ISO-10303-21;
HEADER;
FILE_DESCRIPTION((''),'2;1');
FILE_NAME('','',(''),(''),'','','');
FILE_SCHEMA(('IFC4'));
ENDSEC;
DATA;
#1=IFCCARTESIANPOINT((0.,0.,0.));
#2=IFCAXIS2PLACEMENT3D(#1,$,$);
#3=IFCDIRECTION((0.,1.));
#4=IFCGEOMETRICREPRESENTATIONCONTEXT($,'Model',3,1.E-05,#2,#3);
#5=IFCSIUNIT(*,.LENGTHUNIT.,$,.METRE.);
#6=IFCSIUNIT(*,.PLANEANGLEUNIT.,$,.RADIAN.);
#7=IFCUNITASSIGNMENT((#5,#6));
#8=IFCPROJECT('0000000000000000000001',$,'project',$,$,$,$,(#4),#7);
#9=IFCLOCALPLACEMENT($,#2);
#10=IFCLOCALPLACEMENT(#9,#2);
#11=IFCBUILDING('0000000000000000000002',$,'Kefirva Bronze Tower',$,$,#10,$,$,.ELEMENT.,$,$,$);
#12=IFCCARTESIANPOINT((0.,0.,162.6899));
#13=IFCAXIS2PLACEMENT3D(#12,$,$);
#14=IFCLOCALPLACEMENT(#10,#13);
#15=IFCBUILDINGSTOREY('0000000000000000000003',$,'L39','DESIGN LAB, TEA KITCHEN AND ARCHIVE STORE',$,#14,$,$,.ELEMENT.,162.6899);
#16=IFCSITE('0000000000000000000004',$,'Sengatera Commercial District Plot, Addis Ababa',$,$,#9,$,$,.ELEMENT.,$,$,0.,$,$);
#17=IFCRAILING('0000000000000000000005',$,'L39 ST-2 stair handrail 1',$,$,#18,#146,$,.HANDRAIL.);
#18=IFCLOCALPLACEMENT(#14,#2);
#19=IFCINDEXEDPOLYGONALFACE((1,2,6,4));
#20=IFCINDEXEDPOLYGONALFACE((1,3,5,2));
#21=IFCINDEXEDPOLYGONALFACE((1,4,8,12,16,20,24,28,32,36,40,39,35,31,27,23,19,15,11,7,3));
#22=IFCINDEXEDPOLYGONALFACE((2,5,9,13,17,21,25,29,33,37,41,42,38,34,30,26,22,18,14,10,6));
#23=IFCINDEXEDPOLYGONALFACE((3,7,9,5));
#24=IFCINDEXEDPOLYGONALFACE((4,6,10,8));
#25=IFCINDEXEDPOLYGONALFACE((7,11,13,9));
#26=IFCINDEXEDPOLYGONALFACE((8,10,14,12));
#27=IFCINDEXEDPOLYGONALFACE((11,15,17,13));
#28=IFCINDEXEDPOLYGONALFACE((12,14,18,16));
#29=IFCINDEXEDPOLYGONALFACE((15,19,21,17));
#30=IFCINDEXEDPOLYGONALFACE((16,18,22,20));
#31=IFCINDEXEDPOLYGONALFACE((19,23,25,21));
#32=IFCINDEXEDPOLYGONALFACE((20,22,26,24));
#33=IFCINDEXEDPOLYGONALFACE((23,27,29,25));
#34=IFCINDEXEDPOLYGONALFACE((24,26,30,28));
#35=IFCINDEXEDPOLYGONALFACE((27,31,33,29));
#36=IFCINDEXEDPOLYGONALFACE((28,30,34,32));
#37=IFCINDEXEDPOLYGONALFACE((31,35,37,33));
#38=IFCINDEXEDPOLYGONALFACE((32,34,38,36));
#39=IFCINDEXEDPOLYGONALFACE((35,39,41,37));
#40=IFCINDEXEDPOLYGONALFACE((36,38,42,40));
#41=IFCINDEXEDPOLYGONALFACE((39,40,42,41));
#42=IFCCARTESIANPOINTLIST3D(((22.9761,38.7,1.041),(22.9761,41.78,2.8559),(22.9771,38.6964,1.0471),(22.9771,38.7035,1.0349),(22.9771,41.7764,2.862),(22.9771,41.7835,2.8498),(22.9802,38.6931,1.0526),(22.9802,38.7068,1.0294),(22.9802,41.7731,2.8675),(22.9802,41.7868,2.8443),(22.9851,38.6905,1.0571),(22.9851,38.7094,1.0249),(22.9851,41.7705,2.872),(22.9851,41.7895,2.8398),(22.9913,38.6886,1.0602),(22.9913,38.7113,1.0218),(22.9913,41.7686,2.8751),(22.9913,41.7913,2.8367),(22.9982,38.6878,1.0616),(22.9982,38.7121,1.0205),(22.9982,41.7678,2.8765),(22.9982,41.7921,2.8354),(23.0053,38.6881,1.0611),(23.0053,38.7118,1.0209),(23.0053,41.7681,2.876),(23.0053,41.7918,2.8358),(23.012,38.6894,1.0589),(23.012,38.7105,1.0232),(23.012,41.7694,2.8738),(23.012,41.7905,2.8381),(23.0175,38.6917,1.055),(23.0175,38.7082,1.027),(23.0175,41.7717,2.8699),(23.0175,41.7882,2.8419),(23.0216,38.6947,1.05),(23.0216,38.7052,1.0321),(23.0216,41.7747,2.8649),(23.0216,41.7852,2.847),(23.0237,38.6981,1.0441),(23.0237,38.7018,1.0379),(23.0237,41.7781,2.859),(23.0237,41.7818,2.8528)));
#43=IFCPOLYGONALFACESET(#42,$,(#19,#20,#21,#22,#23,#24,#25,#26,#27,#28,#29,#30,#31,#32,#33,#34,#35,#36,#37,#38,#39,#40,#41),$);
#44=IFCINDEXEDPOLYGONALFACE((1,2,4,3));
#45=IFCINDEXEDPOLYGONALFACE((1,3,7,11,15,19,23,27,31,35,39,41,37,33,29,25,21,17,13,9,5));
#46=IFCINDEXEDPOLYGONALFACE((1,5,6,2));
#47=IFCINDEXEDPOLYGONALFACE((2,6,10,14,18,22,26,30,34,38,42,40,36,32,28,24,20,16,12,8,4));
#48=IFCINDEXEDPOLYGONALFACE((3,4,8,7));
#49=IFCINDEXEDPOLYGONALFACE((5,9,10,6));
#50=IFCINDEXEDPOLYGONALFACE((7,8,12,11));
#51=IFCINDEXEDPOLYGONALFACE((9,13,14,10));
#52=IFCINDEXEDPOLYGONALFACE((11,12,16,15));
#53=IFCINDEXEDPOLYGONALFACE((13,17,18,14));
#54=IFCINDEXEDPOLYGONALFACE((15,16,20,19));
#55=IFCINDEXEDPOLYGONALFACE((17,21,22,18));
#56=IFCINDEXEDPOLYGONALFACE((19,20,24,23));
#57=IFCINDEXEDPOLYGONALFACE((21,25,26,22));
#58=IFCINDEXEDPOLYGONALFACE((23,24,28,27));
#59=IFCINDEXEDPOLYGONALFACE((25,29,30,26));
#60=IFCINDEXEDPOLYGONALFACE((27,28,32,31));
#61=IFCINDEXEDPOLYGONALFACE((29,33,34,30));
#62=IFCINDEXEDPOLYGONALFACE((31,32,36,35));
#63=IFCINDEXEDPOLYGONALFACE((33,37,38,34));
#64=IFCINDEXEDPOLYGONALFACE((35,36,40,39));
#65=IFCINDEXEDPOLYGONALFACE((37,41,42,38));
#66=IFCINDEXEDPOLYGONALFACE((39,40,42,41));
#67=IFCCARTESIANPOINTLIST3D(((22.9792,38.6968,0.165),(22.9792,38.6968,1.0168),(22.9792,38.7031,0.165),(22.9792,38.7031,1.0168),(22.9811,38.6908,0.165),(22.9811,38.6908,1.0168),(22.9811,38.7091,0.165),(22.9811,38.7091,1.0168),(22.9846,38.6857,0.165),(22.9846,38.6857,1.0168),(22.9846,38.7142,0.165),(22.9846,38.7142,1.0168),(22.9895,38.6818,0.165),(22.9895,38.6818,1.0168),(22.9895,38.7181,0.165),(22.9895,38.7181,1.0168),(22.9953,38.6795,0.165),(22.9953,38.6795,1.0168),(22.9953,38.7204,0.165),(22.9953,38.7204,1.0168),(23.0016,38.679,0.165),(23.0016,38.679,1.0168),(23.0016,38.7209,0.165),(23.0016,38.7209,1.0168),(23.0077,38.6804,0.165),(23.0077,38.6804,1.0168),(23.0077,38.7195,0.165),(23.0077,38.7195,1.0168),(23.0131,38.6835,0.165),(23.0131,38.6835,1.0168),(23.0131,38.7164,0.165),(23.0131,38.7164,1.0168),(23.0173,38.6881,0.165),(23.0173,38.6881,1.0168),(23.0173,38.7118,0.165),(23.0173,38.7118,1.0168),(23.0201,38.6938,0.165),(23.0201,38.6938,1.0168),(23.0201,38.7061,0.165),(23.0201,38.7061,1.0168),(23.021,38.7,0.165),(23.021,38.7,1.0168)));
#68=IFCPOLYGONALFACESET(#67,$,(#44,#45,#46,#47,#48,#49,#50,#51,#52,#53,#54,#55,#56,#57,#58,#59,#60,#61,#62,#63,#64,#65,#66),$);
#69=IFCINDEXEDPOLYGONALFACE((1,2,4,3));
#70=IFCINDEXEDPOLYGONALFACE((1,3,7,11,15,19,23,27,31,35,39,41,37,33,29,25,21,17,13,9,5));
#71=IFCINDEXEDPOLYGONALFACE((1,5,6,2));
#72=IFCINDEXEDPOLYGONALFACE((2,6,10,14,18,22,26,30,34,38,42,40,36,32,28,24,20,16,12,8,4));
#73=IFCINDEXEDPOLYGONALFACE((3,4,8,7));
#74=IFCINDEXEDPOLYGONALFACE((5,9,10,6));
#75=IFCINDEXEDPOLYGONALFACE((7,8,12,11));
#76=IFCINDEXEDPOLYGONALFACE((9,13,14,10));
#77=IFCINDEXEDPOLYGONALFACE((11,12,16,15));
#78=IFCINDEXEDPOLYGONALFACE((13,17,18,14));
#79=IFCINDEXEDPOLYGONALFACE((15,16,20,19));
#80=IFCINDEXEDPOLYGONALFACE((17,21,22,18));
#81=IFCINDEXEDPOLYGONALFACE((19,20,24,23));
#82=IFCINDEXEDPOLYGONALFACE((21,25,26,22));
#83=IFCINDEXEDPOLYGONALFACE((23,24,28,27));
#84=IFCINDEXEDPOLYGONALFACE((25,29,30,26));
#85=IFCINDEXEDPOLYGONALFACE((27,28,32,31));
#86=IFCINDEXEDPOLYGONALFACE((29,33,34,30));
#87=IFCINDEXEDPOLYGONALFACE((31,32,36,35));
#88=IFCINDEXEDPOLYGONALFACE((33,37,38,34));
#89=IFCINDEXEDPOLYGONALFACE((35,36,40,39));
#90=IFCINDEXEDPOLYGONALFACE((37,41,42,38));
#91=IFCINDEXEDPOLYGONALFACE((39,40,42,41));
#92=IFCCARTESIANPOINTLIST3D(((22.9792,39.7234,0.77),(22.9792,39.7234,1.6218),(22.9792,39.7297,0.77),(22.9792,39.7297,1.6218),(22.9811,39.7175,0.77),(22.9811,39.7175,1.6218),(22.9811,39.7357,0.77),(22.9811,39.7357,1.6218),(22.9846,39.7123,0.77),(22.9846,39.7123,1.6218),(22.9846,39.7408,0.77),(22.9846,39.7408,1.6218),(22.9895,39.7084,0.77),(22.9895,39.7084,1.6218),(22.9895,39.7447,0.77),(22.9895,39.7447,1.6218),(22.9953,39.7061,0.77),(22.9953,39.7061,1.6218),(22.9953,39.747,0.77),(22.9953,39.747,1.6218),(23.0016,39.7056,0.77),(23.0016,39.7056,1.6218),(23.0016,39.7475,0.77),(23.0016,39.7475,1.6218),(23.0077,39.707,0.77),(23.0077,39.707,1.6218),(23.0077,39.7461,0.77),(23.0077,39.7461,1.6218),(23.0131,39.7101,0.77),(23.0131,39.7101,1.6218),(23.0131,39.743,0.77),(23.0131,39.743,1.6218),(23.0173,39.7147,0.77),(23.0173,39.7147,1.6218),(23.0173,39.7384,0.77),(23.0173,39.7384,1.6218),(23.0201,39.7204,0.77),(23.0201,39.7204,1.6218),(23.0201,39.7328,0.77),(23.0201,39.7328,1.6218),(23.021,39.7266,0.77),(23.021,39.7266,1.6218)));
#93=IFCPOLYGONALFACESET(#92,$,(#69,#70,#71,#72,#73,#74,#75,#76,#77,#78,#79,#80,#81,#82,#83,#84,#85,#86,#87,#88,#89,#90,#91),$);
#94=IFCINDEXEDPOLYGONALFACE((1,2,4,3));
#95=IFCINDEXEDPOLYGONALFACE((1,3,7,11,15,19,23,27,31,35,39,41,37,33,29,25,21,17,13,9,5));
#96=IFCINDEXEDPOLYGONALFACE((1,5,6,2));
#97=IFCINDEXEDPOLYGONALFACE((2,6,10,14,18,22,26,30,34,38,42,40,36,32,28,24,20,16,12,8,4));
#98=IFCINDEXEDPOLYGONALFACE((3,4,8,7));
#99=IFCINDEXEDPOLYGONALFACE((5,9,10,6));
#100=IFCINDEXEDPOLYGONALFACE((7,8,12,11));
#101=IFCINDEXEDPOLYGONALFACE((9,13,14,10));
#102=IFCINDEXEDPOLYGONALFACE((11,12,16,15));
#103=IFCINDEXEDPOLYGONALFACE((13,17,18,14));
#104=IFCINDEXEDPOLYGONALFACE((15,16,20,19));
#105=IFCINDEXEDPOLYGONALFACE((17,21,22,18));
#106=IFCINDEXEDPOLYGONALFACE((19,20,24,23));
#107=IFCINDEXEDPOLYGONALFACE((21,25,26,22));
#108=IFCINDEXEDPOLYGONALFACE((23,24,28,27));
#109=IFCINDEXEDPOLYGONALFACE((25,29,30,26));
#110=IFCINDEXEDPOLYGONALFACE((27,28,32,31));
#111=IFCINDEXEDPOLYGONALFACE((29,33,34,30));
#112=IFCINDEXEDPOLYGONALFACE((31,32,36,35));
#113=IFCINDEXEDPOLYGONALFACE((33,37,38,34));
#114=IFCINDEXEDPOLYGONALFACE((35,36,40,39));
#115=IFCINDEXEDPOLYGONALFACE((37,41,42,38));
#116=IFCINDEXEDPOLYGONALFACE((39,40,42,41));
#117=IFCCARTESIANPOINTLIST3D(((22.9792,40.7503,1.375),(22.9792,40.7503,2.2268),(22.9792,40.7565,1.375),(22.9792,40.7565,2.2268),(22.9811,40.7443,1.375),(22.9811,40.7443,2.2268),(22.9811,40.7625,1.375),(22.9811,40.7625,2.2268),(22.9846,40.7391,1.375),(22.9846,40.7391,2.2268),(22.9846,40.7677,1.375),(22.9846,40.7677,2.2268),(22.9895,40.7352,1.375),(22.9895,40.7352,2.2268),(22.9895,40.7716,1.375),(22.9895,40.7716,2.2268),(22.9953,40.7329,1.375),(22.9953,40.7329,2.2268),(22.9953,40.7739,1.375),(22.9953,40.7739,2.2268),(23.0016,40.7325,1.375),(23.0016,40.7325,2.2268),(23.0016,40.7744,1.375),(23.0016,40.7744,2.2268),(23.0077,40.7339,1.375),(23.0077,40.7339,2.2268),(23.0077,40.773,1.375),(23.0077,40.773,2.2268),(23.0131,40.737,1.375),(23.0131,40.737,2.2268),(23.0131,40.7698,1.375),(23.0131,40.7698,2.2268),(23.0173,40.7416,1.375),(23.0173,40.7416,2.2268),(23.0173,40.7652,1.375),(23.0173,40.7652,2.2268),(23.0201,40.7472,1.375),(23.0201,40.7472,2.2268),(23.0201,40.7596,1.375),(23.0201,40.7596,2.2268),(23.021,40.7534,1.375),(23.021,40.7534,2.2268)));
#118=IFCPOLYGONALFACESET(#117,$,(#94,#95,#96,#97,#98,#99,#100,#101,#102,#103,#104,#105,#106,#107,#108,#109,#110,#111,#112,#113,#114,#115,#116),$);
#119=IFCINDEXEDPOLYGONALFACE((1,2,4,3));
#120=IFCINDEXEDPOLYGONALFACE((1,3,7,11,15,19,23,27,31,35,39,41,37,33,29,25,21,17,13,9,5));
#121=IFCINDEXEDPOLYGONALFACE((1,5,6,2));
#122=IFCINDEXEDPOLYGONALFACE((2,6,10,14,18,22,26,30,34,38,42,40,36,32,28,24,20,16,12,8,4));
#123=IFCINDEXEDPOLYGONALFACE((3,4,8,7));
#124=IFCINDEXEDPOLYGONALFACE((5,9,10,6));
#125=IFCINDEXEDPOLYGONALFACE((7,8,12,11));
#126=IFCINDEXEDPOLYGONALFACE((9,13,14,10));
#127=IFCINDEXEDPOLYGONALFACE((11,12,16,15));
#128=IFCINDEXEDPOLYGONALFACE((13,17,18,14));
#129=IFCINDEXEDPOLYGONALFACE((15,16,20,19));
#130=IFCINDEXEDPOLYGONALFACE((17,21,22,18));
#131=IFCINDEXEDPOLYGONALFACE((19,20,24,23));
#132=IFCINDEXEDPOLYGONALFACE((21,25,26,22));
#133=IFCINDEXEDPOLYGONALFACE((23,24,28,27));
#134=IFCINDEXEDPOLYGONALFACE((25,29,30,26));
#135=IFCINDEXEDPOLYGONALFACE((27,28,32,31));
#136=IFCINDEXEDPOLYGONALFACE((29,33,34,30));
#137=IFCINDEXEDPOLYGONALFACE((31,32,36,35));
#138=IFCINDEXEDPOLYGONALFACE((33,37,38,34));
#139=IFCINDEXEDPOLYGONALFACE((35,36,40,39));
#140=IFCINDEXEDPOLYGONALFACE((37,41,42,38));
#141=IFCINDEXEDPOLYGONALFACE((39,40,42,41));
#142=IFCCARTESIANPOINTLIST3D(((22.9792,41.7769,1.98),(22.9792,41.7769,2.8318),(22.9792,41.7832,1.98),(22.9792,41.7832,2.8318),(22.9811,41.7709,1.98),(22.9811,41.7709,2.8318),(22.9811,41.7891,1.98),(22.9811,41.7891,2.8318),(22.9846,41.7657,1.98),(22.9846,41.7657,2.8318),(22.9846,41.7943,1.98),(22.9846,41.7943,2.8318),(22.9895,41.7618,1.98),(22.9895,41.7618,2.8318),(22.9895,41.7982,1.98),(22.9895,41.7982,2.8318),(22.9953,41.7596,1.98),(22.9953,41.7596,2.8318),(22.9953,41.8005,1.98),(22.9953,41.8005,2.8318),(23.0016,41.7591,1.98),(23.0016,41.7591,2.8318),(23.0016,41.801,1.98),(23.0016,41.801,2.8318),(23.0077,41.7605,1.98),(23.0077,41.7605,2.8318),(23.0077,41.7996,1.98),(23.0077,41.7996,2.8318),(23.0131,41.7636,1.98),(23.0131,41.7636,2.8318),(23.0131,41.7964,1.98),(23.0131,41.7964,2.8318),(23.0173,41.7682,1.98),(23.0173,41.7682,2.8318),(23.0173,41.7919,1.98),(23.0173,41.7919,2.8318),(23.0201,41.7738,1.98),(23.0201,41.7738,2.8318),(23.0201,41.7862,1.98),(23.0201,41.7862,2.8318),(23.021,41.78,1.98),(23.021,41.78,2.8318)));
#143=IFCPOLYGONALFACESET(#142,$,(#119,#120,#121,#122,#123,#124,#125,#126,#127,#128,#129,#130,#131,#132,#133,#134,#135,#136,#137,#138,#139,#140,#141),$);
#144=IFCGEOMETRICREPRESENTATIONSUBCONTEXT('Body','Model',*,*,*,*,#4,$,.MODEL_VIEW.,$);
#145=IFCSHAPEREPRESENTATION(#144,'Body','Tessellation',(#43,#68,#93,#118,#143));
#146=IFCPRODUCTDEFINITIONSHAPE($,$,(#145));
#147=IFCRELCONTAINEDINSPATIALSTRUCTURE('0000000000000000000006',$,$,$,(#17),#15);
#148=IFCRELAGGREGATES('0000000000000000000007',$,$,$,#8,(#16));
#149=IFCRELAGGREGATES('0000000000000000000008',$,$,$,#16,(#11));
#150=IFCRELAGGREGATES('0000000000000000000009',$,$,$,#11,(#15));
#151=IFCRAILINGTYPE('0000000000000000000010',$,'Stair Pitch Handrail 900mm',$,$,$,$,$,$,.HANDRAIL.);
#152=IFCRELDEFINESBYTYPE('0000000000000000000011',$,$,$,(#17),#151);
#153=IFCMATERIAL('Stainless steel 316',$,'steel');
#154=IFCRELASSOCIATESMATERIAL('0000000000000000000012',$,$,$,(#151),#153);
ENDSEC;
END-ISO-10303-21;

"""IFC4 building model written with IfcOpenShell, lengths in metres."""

from ifc_helpers import new_model, si_unit, direction, frame, origin, origin_2d, place, context, subcontext, project, spatial, circle, extrude, material, type_object, element, save


model = new_model("IFC4")

# Units and contexts
model_context = context("Model", 3, precision=1e-05, world=origin(), true_north=direction((0.0, 1.0)))
body_context = subcontext(model_context, "Body", "Model", "MODEL_VIEW")
ifc_project = project(units=[si_unit("LENGTHUNIT", "METRE"), si_unit("PLANEANGLEUNIT", "RADIAN")], contexts=[model_context])

# Site, building, storey
site_placement = place(None, origin())
site = spatial("IfcSite", under=ifc_project, at=site_placement, Name="Sengatera Commercial District Plot, Addis Ababa", CompositionType="ELEMENT", RefElevation=0.0)
building_placement = place(site_placement, origin())
building = spatial("IfcBuilding", under=site, at=building_placement, Name="Kefirva Bronze Tower", CompositionType="ELEMENT")
storey_placement = place(building_placement, frame((0.0, 0.0, 162.6899)))
storey = spatial("IfcBuildingStorey", under=building, at=storey_placement, Name="L39", Description="DESIGN LAB, TEA KITCHEN AND ARCHIVE STORE", CompositionType="ELEMENT", Elevation=162.6899)

# Railing
ifc_material_1 = material(Name="Stainless steel 316", Category="steel")
railing_type_1 = type_object("IfcRailingType", Name="Stair Pitch Handrail 900mm", PredefinedType="HANDRAIL", material=ifc_material_1)
railing_1_placement = place(storey_placement, frame((23.0, 38.7, 0.165)))
element("IfcRailing", 1, at=railing_1_placement, inside=storey, type_object=railing_type_1, Name="L39 ST-2 stair handrail 1", PredefinedType="HANDRAIL", context=body_context, shape_type="SweptSolid", body=[
    extrude(circle(Radius=0.0239, at=origin_2d()), frame((0.0, 0.0, 0.876), z_axis=(0.0, 0.861551, 0.507671), x_axis=(-1.0, 0.0, 0.0)), (0.0, 0.0, 1.0), 3.575),
    extrude(circle(Radius=0.021, at=origin_2d()), origin(), (0.0, 0.0, 1.0), 0.8518),
    extrude(circle(Radius=0.021, at=origin_2d()), frame((0.0, 1.0266, 0.605)), (0.0, 0.0, 1.0), 0.8518),
    extrude(circle(Radius=0.021, at=origin_2d()), frame((0.0, 2.0535, 1.21)), (0.0, 0.0, 1.0), 0.8518),
    extrude(circle(Radius=0.021, at=origin_2d()), frame((0.0, 3.0801, 1.8149)), (0.0, 0.0, 1.0), 0.8518),
])

save(model, "model.ifc")
